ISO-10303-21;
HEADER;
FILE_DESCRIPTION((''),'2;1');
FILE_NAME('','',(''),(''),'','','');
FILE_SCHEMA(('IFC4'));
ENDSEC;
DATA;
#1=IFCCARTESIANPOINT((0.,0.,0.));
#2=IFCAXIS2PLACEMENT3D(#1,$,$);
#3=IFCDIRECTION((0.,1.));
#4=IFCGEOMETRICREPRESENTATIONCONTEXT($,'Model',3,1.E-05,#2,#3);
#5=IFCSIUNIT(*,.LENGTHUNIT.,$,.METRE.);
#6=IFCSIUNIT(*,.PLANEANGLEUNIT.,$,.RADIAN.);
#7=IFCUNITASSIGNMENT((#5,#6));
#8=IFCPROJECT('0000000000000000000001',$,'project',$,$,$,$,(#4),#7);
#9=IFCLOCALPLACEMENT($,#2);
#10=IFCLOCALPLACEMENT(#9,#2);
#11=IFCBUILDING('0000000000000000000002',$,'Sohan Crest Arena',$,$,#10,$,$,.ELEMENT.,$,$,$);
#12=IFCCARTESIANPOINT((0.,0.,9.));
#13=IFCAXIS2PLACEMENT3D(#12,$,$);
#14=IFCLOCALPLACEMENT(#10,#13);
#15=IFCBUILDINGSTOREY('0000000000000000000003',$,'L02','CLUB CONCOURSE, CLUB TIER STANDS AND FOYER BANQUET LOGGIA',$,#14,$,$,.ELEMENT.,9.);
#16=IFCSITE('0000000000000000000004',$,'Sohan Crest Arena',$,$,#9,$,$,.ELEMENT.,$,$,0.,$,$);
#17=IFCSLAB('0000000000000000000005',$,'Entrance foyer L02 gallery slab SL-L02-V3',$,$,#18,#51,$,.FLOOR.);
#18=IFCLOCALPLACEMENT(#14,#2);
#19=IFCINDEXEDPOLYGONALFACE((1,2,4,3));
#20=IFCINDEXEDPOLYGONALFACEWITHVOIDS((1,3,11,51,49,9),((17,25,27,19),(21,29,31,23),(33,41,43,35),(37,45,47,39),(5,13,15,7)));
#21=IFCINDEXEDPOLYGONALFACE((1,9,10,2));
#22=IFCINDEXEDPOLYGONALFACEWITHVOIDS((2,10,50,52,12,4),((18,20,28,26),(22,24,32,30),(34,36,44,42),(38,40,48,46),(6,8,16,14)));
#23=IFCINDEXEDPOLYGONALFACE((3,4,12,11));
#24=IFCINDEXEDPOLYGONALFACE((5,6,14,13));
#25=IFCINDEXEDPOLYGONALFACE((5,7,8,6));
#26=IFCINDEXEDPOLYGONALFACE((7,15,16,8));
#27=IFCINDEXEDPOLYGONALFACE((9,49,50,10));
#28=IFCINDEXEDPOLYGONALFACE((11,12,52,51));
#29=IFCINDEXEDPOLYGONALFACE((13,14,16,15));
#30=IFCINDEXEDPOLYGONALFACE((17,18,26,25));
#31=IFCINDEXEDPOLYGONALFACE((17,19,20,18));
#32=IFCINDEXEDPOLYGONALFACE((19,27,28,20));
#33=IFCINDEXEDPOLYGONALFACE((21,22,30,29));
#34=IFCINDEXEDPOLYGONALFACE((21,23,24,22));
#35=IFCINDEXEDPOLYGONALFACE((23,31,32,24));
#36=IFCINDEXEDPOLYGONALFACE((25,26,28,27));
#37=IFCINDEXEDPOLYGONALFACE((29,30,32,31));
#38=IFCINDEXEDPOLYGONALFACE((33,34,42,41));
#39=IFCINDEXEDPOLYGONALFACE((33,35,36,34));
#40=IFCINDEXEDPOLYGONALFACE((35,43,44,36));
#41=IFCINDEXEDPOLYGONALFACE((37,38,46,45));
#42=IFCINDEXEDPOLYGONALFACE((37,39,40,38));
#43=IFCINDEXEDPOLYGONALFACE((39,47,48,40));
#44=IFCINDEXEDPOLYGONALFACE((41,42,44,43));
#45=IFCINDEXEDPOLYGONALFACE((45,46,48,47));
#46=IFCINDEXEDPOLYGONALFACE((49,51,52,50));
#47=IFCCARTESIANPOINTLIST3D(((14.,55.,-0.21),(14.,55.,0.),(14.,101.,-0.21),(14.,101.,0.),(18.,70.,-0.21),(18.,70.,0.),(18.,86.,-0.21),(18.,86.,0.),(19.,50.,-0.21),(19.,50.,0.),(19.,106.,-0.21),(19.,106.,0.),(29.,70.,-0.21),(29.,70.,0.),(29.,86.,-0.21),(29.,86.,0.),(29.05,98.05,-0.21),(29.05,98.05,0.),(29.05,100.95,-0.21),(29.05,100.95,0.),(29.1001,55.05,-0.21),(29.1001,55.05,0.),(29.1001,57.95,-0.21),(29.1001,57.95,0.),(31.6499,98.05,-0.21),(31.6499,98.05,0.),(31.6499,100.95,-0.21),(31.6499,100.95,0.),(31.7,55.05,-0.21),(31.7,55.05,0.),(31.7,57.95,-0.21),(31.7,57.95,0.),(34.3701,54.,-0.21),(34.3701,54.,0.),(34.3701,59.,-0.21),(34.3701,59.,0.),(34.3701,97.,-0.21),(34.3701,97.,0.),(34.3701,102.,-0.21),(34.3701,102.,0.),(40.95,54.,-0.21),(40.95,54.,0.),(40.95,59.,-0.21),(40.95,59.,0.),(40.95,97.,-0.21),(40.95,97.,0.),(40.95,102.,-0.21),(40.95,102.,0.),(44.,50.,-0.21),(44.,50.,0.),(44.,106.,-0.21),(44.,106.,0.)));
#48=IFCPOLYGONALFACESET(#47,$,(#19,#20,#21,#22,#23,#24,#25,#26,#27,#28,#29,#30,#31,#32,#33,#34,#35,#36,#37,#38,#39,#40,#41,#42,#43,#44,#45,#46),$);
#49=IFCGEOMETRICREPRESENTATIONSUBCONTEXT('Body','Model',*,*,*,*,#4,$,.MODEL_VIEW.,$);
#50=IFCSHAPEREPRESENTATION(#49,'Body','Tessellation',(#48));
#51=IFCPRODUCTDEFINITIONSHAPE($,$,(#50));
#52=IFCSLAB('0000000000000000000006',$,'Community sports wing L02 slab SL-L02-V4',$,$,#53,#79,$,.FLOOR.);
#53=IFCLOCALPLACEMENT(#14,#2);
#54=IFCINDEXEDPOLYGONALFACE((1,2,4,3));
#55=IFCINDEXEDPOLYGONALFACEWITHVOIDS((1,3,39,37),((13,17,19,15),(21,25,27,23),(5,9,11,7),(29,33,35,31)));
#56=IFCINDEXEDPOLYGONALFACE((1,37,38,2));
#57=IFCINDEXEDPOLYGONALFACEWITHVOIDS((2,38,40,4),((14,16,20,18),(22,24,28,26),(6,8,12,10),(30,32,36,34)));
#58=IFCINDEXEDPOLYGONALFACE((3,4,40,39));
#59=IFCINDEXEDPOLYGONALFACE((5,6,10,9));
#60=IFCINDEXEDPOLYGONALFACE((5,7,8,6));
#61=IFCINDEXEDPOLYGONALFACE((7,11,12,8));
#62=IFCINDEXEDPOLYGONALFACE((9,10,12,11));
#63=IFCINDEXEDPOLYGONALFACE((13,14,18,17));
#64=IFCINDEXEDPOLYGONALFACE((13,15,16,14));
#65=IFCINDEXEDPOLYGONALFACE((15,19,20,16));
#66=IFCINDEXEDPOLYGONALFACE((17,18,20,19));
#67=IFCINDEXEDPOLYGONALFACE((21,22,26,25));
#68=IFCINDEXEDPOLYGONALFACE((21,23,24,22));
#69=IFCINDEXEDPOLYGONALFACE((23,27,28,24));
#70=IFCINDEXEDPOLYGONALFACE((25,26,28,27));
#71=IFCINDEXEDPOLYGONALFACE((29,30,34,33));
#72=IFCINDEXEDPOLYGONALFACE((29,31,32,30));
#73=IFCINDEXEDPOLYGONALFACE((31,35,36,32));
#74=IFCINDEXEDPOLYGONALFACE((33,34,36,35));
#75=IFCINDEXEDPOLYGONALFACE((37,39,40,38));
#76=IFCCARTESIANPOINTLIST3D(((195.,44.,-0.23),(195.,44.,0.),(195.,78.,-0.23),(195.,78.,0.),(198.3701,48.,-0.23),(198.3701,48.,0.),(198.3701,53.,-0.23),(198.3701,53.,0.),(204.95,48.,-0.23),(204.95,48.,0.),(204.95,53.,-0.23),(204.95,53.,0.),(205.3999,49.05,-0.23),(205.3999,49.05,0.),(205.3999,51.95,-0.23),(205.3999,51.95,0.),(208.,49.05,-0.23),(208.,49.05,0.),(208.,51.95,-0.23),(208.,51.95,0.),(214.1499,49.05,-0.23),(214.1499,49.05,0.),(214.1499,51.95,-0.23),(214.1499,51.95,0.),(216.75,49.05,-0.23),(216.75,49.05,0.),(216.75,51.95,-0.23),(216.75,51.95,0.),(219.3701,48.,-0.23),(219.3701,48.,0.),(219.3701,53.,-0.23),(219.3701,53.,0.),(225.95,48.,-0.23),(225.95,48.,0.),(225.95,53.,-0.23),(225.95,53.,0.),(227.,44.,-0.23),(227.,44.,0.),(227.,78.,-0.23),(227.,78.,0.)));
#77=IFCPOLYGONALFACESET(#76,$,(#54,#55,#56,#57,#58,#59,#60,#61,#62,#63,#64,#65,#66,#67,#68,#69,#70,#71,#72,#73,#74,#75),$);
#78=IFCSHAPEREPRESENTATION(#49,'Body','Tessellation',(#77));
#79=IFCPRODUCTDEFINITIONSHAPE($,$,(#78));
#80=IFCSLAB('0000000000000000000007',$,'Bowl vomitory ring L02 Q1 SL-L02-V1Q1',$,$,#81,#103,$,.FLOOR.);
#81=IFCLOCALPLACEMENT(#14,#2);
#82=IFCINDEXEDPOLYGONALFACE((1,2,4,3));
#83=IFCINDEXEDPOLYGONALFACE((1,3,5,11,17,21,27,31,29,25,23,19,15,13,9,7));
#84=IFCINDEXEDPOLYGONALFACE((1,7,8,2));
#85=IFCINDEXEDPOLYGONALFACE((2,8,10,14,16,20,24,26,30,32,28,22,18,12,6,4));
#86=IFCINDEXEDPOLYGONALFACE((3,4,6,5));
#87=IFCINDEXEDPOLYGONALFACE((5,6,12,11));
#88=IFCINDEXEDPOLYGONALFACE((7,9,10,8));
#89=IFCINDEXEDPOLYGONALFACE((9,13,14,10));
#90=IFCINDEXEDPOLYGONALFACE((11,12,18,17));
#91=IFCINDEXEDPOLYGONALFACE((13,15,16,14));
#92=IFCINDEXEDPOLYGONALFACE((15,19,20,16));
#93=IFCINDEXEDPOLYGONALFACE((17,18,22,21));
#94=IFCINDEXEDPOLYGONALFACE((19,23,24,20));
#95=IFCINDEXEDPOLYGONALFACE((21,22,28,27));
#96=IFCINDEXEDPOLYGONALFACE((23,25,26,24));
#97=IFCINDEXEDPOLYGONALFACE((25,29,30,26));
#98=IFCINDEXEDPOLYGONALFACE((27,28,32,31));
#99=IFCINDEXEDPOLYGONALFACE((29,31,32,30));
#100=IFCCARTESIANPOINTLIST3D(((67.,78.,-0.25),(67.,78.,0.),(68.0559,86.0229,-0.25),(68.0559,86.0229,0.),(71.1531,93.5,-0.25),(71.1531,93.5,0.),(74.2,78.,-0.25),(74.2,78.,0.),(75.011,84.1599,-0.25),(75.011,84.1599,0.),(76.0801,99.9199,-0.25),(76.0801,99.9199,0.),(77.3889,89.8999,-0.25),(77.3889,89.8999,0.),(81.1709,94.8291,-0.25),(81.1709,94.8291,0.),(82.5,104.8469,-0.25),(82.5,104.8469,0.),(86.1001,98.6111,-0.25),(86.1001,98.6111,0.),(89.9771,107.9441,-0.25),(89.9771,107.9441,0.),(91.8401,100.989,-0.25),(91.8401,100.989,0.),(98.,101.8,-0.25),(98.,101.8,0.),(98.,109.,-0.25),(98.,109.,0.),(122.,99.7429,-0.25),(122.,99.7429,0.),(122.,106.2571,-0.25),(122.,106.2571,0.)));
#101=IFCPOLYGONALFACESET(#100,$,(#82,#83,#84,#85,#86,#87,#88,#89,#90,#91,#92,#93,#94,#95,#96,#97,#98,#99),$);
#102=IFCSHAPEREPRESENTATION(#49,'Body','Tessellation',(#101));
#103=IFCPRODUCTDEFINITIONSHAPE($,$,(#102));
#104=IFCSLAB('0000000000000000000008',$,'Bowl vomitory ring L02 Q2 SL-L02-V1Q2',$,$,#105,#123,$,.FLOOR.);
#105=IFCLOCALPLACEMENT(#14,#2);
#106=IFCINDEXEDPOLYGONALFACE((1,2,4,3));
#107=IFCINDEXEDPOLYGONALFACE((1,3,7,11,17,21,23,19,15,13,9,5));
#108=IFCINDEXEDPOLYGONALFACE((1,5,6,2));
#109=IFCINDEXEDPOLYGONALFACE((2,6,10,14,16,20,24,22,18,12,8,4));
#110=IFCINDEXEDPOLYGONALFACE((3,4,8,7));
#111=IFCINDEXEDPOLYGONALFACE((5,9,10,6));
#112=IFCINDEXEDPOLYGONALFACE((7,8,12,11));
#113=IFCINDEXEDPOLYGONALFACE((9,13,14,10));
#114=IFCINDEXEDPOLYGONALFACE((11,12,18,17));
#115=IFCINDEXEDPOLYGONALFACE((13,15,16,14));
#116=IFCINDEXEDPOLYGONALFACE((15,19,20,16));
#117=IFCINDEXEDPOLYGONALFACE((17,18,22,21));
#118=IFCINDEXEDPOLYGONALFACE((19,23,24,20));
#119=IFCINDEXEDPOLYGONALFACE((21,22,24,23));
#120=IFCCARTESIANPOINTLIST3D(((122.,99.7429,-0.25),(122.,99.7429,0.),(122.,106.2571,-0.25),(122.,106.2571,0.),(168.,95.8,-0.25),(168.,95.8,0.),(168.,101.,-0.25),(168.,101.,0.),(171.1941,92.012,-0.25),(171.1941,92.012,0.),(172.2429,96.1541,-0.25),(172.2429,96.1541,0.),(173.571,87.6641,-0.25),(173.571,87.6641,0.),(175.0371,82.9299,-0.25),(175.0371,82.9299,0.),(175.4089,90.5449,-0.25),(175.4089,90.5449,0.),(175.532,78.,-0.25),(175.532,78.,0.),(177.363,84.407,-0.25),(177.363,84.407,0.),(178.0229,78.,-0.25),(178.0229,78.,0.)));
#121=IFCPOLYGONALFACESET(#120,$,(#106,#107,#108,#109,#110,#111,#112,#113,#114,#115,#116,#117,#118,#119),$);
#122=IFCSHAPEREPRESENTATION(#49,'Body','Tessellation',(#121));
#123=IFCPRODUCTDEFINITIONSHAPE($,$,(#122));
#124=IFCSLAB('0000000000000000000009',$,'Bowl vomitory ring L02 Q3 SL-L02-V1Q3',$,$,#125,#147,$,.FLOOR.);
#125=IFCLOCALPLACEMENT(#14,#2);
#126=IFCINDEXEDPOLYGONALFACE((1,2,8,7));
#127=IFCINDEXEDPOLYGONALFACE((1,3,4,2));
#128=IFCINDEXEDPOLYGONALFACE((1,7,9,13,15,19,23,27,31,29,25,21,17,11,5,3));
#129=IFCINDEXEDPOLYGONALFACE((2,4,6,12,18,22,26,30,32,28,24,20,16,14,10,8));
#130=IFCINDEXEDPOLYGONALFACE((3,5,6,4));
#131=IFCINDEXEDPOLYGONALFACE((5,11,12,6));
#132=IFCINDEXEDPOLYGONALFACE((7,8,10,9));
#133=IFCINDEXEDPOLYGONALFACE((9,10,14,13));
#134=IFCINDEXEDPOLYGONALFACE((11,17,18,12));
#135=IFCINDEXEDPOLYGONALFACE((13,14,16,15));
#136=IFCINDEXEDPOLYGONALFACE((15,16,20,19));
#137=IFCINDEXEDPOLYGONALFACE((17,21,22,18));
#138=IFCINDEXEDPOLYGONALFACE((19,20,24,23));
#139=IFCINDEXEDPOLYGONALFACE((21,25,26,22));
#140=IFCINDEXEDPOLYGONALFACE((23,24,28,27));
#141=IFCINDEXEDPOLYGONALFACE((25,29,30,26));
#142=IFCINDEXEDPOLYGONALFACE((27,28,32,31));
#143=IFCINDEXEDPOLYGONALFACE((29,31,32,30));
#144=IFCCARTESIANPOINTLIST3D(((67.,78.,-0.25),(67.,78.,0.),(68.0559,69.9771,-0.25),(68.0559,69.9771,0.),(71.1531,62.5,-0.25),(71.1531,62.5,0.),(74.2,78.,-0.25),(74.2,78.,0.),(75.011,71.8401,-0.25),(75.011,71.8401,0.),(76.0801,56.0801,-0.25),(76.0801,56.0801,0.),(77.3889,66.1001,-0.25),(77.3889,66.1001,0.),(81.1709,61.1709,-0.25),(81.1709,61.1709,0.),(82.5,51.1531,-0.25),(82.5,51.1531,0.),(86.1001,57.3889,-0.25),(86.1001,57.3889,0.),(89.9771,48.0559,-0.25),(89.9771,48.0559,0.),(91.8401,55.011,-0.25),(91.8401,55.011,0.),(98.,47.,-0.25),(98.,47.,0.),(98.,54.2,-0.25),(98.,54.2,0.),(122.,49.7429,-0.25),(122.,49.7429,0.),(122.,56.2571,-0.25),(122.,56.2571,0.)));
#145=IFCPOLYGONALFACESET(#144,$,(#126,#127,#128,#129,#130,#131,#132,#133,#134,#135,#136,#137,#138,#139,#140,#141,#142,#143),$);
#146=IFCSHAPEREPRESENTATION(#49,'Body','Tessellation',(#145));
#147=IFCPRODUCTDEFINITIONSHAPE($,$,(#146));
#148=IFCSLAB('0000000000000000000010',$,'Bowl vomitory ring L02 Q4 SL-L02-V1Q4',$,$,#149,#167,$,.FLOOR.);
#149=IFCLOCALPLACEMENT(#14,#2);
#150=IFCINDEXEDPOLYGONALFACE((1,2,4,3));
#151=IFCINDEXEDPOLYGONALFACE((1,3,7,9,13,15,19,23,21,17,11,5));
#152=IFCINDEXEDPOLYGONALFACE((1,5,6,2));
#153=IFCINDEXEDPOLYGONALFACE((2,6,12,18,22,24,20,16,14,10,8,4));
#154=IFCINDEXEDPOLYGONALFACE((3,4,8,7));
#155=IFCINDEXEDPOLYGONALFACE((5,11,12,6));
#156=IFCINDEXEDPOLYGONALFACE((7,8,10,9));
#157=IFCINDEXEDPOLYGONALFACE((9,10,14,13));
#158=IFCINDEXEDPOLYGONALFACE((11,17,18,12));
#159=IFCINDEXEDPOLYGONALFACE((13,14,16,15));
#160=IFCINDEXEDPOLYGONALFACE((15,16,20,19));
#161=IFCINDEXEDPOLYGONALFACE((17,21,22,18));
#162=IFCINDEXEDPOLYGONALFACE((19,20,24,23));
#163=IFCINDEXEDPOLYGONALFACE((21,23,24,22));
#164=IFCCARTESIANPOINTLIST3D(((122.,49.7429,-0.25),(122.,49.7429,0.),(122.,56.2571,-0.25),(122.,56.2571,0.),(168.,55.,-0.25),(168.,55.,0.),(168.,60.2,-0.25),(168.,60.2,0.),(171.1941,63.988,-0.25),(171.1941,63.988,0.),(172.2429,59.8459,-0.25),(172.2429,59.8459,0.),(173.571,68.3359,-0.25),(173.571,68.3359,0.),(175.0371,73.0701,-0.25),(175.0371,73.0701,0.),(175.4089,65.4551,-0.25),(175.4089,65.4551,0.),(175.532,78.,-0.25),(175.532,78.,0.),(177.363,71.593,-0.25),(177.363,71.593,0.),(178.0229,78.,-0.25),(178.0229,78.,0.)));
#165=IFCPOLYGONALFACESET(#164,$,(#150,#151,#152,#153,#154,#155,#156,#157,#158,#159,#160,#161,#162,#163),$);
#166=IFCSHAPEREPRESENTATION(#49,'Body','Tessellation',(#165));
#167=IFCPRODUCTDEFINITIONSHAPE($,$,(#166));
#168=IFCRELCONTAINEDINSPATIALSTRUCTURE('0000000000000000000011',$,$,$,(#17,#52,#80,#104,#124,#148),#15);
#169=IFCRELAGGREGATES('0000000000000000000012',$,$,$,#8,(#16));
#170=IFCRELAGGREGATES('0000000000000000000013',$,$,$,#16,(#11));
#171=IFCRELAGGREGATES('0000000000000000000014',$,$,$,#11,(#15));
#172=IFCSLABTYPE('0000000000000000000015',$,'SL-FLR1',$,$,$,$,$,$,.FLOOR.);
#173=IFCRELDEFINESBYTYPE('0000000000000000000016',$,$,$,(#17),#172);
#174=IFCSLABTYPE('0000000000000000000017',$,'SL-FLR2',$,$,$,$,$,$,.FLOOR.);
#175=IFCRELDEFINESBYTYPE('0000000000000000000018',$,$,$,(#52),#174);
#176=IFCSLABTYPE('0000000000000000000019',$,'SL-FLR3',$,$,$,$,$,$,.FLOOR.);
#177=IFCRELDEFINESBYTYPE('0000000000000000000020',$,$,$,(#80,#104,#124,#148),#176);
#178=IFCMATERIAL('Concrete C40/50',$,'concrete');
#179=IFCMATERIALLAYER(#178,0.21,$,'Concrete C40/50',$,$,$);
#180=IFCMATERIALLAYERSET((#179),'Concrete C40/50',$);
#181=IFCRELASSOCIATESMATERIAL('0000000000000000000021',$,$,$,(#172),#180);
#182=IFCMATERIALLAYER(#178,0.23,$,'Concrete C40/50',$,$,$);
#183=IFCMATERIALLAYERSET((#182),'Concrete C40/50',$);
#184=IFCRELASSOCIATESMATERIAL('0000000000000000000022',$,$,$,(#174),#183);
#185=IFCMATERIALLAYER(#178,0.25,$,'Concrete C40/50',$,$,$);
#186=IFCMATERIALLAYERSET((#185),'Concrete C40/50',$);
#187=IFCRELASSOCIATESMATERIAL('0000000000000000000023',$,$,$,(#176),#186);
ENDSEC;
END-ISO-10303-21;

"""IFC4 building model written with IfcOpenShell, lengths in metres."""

from ifc_helpers import new_model, si_unit, direction, frame, origin, place, context, subcontext, project, spatial, polyline, outline, extrude, material, layer, layer_set, type_object, element, save


model = new_model("IFC4")

# Units and contexts
model_context = context("Model", 3, precision=1e-05, world=origin(), true_north=direction((0.0, 1.0)))
body_context = subcontext(model_context, "Body", "Model", "MODEL_VIEW")
ifc_project = project(units=[si_unit("LENGTHUNIT", "METRE"), si_unit("PLANEANGLEUNIT", "RADIAN")], contexts=[model_context])

# Site, building, storey
site_placement = place(None, origin())
site = spatial("IfcSite", under=ifc_project, at=site_placement, Name="Sohan Crest Arena", CompositionType="ELEMENT", RefElevation=0.0)
building_placement = place(site_placement, origin())
building = spatial("IfcBuilding", under=site, at=building_placement, Name="Sohan Crest Arena", CompositionType="ELEMENT")
storey_placement = place(building_placement, frame((0.0, 0.0, 9.0)))
storey = spatial("IfcBuildingStorey", under=building, at=storey_placement, Name="L02", Description="CLUB CONCOURSE, CLUB TIER STANDS AND FOYER BANQUET LOGGIA", CompositionType="ELEMENT", Elevation=9.0)

# Slabs
ifc_material = material(Name="Concrete C40/50", Category="concrete")
ifc_layer_1 = layer(ifc_material, 0.21, Name="Concrete C40/50")
ifc_layer_set_1 = layer_set([ifc_layer_1], Name="Concrete C40/50")
slab_type_1 = type_object("IfcSlabType", Name="SL-FLR1", PredefinedType="FLOOR", material=ifc_layer_set_1)
slab_1_placement = place(storey_placement, frame((0.0, 0.0, -0.21)))
element("IfcSlab", 1, at=slab_1_placement, inside=storey, type_object=slab_type_1, Name="Entrance foyer L02 gallery slab SL-L02-V3", PredefinedType="FLOOR", context=body_context, shape_type="SweptSolid", body=[
    extrude(outline(polyline([(44.0, 50.0), (19.0, 50.0), (14.0, 55.0), (14.0, 101.0), (19.0, 106.0), (44.0, 106.0), (44.0, 50.0)]), holes=[polyline([(40.95, 59.0), (34.3701, 59.0), (34.3701, 54.0), (40.95, 54.0), (40.95, 59.0)]), polyline([(31.7, 55.05), (31.7, 57.95), (29.1001, 57.95), (29.1001, 55.05), (31.7, 55.05)]), polyline([(34.3701, 97.0), (40.95, 97.0), (40.95, 102.0), (34.3701, 102.0), (34.3701, 97.0)]), polyline([(29.05, 100.95), (29.05, 98.05), (31.6499, 98.05), (31.6499, 100.95), (29.05, 100.95)]), polyline([(29.0, 86.0), (18.0, 86.0), (18.0, 70.0), (29.0, 70.0), (29.0, 86.0)])]), origin(), (0.0, 0.0, 1.0), 0.21),
])
ifc_layer_2 = layer(ifc_material, 0.23, Name="Concrete C40/50")
ifc_layer_set_2 = layer_set([ifc_layer_2], Name="Concrete C40/50")
slab_type_2 = type_object("IfcSlabType", Name="SL-FLR2", PredefinedType="FLOOR", material=ifc_layer_set_2)
slab_2_placement = place(storey_placement, frame((0.0, 0.0, -0.23)))
element("IfcSlab", 2, at=slab_2_placement, inside=storey, type_object=slab_type_2, Name="Community sports wing L02 slab SL-L02-V4", PredefinedType="FLOOR", context=body_context, shape_type="SweptSolid", body=[
    extrude(outline(polyline([(195.0, 44.0), (195.0, 78.0), (227.0, 78.0), (227.0, 44.0), (195.0, 44.0)]), holes=[polyline([(204.95, 48.0), (204.95, 53.0), (198.3701, 53.0), (198.3701, 48.0), (204.95, 48.0)]), polyline([(205.3999, 49.05), (208.0, 49.05), (208.0, 51.95), (205.3999, 51.95), (205.3999, 49.05)]), polyline([(219.3701, 53.0), (219.3701, 48.0), (225.95, 48.0), (225.95, 53.0), (219.3701, 53.0)]), polyline([(216.75, 51.95), (214.1499, 51.95), (214.1499, 49.05), (216.75, 49.05), (216.75, 51.95)])]), origin(), (0.0, 0.0, 1.0), 0.23),
])
ifc_layer_3 = layer(ifc_material, 0.25, Name="Concrete C40/50")
ifc_layer_set_3 = layer_set([ifc_layer_3], Name="Concrete C40/50")
slab_type_3 = type_object("IfcSlabType", Name="SL-FLR3", PredefinedType="FLOOR", material=ifc_layer_set_3)
slab_3_placement = place(storey_placement, frame((0.0, 0.0, -0.25)))
element("IfcSlab", 3, at=slab_3_placement, inside=storey, type_object=slab_type_3, Name="Bowl vomitory ring L02 Q1 SL-L02-V1Q1", PredefinedType="FLOOR", context=body_context, shape_type="SweptSolid", body=[
    extrude(outline(polyline([(68.0559, 86.0229), (71.1531, 93.5), (76.0801, 99.9199), (82.5, 104.8469), (89.9771, 107.9441), (98.0, 109.0), (122.0, 106.2571), (122.0, 99.7429), (98.0, 101.8), (91.8401, 100.989), (86.1001, 98.6111), (81.1709, 94.8291), (77.3889, 89.8999), (75.011, 84.1599), (74.2, 78.0), (67.0, 78.0), (68.0559, 86.0229)])), origin(), (0.0, 0.0, 1.0), 0.25),
])
slab_4_placement = place(storey_placement, frame((0.0, 0.0, -0.25)))
element("IfcSlab", 4, at=slab_4_placement, inside=storey, type_object=slab_type_3, Name="Bowl vomitory ring L02 Q2 SL-L02-V1Q2", PredefinedType="FLOOR", context=body_context, shape_type="SweptSolid", body=[
    extrude(outline(polyline([(122.0, 106.2571), (168.0, 101.0), (172.2429, 96.1541), (175.4089, 90.5449), (177.363, 84.407), (178.0229, 78.0), (175.532, 78.0), (175.0371, 82.9299), (173.571, 87.6641), (171.1941, 92.012), (168.0, 95.8), (122.0, 99.7429), (122.0, 106.2571)])), origin(), (0.0, 0.0, 1.0), 0.25),
])
slab_5_placement = place(storey_placement, frame((0.0, 0.0, -0.25)))
element("IfcSlab", 5, at=slab_5_placement, inside=storey, type_object=slab_type_3, Name="Bowl vomitory ring L02 Q3 SL-L02-V1Q3", PredefinedType="FLOOR", context=body_context, shape_type="SweptSolid", body=[
    extrude(outline(polyline([(122.0, 49.7429), (98.0, 47.0), (89.9771, 48.0559), (82.5, 51.1531), (76.0801, 56.0801), (71.1531, 62.5), (68.0559, 69.9771), (67.0, 78.0), (74.2, 78.0), (75.011, 71.8401), (77.3889, 66.1001), (81.1709, 61.1709), (86.1001, 57.3889), (91.8401, 55.011), (98.0, 54.2), (122.0, 56.2571), (122.0, 49.7429)])), origin(), (0.0, 0.0, 1.0), 0.25),
])
slab_6_placement = place(storey_placement, frame((0.0, 0.0, -0.25)))
element("IfcSlab", 6, at=slab_6_placement, inside=storey, type_object=slab_type_3, Name="Bowl vomitory ring L02 Q4 SL-L02-V1Q4", PredefinedType="FLOOR", context=body_context, shape_type="SweptSolid", body=[
    extrude(outline(polyline([(177.363, 71.593), (175.4089, 65.4551), (172.2429, 59.8459), (168.0, 55.0), (122.0, 49.7429), (122.0, 56.2571), (168.0, 60.2), (171.1941, 63.988), (173.571, 68.3359), (175.0371, 73.0701), (175.532, 78.0), (178.0229, 78.0), (177.363, 71.593)])), origin(), (0.0, 0.0, 1.0), 0.25),
])

save(model, "model.ifc")
